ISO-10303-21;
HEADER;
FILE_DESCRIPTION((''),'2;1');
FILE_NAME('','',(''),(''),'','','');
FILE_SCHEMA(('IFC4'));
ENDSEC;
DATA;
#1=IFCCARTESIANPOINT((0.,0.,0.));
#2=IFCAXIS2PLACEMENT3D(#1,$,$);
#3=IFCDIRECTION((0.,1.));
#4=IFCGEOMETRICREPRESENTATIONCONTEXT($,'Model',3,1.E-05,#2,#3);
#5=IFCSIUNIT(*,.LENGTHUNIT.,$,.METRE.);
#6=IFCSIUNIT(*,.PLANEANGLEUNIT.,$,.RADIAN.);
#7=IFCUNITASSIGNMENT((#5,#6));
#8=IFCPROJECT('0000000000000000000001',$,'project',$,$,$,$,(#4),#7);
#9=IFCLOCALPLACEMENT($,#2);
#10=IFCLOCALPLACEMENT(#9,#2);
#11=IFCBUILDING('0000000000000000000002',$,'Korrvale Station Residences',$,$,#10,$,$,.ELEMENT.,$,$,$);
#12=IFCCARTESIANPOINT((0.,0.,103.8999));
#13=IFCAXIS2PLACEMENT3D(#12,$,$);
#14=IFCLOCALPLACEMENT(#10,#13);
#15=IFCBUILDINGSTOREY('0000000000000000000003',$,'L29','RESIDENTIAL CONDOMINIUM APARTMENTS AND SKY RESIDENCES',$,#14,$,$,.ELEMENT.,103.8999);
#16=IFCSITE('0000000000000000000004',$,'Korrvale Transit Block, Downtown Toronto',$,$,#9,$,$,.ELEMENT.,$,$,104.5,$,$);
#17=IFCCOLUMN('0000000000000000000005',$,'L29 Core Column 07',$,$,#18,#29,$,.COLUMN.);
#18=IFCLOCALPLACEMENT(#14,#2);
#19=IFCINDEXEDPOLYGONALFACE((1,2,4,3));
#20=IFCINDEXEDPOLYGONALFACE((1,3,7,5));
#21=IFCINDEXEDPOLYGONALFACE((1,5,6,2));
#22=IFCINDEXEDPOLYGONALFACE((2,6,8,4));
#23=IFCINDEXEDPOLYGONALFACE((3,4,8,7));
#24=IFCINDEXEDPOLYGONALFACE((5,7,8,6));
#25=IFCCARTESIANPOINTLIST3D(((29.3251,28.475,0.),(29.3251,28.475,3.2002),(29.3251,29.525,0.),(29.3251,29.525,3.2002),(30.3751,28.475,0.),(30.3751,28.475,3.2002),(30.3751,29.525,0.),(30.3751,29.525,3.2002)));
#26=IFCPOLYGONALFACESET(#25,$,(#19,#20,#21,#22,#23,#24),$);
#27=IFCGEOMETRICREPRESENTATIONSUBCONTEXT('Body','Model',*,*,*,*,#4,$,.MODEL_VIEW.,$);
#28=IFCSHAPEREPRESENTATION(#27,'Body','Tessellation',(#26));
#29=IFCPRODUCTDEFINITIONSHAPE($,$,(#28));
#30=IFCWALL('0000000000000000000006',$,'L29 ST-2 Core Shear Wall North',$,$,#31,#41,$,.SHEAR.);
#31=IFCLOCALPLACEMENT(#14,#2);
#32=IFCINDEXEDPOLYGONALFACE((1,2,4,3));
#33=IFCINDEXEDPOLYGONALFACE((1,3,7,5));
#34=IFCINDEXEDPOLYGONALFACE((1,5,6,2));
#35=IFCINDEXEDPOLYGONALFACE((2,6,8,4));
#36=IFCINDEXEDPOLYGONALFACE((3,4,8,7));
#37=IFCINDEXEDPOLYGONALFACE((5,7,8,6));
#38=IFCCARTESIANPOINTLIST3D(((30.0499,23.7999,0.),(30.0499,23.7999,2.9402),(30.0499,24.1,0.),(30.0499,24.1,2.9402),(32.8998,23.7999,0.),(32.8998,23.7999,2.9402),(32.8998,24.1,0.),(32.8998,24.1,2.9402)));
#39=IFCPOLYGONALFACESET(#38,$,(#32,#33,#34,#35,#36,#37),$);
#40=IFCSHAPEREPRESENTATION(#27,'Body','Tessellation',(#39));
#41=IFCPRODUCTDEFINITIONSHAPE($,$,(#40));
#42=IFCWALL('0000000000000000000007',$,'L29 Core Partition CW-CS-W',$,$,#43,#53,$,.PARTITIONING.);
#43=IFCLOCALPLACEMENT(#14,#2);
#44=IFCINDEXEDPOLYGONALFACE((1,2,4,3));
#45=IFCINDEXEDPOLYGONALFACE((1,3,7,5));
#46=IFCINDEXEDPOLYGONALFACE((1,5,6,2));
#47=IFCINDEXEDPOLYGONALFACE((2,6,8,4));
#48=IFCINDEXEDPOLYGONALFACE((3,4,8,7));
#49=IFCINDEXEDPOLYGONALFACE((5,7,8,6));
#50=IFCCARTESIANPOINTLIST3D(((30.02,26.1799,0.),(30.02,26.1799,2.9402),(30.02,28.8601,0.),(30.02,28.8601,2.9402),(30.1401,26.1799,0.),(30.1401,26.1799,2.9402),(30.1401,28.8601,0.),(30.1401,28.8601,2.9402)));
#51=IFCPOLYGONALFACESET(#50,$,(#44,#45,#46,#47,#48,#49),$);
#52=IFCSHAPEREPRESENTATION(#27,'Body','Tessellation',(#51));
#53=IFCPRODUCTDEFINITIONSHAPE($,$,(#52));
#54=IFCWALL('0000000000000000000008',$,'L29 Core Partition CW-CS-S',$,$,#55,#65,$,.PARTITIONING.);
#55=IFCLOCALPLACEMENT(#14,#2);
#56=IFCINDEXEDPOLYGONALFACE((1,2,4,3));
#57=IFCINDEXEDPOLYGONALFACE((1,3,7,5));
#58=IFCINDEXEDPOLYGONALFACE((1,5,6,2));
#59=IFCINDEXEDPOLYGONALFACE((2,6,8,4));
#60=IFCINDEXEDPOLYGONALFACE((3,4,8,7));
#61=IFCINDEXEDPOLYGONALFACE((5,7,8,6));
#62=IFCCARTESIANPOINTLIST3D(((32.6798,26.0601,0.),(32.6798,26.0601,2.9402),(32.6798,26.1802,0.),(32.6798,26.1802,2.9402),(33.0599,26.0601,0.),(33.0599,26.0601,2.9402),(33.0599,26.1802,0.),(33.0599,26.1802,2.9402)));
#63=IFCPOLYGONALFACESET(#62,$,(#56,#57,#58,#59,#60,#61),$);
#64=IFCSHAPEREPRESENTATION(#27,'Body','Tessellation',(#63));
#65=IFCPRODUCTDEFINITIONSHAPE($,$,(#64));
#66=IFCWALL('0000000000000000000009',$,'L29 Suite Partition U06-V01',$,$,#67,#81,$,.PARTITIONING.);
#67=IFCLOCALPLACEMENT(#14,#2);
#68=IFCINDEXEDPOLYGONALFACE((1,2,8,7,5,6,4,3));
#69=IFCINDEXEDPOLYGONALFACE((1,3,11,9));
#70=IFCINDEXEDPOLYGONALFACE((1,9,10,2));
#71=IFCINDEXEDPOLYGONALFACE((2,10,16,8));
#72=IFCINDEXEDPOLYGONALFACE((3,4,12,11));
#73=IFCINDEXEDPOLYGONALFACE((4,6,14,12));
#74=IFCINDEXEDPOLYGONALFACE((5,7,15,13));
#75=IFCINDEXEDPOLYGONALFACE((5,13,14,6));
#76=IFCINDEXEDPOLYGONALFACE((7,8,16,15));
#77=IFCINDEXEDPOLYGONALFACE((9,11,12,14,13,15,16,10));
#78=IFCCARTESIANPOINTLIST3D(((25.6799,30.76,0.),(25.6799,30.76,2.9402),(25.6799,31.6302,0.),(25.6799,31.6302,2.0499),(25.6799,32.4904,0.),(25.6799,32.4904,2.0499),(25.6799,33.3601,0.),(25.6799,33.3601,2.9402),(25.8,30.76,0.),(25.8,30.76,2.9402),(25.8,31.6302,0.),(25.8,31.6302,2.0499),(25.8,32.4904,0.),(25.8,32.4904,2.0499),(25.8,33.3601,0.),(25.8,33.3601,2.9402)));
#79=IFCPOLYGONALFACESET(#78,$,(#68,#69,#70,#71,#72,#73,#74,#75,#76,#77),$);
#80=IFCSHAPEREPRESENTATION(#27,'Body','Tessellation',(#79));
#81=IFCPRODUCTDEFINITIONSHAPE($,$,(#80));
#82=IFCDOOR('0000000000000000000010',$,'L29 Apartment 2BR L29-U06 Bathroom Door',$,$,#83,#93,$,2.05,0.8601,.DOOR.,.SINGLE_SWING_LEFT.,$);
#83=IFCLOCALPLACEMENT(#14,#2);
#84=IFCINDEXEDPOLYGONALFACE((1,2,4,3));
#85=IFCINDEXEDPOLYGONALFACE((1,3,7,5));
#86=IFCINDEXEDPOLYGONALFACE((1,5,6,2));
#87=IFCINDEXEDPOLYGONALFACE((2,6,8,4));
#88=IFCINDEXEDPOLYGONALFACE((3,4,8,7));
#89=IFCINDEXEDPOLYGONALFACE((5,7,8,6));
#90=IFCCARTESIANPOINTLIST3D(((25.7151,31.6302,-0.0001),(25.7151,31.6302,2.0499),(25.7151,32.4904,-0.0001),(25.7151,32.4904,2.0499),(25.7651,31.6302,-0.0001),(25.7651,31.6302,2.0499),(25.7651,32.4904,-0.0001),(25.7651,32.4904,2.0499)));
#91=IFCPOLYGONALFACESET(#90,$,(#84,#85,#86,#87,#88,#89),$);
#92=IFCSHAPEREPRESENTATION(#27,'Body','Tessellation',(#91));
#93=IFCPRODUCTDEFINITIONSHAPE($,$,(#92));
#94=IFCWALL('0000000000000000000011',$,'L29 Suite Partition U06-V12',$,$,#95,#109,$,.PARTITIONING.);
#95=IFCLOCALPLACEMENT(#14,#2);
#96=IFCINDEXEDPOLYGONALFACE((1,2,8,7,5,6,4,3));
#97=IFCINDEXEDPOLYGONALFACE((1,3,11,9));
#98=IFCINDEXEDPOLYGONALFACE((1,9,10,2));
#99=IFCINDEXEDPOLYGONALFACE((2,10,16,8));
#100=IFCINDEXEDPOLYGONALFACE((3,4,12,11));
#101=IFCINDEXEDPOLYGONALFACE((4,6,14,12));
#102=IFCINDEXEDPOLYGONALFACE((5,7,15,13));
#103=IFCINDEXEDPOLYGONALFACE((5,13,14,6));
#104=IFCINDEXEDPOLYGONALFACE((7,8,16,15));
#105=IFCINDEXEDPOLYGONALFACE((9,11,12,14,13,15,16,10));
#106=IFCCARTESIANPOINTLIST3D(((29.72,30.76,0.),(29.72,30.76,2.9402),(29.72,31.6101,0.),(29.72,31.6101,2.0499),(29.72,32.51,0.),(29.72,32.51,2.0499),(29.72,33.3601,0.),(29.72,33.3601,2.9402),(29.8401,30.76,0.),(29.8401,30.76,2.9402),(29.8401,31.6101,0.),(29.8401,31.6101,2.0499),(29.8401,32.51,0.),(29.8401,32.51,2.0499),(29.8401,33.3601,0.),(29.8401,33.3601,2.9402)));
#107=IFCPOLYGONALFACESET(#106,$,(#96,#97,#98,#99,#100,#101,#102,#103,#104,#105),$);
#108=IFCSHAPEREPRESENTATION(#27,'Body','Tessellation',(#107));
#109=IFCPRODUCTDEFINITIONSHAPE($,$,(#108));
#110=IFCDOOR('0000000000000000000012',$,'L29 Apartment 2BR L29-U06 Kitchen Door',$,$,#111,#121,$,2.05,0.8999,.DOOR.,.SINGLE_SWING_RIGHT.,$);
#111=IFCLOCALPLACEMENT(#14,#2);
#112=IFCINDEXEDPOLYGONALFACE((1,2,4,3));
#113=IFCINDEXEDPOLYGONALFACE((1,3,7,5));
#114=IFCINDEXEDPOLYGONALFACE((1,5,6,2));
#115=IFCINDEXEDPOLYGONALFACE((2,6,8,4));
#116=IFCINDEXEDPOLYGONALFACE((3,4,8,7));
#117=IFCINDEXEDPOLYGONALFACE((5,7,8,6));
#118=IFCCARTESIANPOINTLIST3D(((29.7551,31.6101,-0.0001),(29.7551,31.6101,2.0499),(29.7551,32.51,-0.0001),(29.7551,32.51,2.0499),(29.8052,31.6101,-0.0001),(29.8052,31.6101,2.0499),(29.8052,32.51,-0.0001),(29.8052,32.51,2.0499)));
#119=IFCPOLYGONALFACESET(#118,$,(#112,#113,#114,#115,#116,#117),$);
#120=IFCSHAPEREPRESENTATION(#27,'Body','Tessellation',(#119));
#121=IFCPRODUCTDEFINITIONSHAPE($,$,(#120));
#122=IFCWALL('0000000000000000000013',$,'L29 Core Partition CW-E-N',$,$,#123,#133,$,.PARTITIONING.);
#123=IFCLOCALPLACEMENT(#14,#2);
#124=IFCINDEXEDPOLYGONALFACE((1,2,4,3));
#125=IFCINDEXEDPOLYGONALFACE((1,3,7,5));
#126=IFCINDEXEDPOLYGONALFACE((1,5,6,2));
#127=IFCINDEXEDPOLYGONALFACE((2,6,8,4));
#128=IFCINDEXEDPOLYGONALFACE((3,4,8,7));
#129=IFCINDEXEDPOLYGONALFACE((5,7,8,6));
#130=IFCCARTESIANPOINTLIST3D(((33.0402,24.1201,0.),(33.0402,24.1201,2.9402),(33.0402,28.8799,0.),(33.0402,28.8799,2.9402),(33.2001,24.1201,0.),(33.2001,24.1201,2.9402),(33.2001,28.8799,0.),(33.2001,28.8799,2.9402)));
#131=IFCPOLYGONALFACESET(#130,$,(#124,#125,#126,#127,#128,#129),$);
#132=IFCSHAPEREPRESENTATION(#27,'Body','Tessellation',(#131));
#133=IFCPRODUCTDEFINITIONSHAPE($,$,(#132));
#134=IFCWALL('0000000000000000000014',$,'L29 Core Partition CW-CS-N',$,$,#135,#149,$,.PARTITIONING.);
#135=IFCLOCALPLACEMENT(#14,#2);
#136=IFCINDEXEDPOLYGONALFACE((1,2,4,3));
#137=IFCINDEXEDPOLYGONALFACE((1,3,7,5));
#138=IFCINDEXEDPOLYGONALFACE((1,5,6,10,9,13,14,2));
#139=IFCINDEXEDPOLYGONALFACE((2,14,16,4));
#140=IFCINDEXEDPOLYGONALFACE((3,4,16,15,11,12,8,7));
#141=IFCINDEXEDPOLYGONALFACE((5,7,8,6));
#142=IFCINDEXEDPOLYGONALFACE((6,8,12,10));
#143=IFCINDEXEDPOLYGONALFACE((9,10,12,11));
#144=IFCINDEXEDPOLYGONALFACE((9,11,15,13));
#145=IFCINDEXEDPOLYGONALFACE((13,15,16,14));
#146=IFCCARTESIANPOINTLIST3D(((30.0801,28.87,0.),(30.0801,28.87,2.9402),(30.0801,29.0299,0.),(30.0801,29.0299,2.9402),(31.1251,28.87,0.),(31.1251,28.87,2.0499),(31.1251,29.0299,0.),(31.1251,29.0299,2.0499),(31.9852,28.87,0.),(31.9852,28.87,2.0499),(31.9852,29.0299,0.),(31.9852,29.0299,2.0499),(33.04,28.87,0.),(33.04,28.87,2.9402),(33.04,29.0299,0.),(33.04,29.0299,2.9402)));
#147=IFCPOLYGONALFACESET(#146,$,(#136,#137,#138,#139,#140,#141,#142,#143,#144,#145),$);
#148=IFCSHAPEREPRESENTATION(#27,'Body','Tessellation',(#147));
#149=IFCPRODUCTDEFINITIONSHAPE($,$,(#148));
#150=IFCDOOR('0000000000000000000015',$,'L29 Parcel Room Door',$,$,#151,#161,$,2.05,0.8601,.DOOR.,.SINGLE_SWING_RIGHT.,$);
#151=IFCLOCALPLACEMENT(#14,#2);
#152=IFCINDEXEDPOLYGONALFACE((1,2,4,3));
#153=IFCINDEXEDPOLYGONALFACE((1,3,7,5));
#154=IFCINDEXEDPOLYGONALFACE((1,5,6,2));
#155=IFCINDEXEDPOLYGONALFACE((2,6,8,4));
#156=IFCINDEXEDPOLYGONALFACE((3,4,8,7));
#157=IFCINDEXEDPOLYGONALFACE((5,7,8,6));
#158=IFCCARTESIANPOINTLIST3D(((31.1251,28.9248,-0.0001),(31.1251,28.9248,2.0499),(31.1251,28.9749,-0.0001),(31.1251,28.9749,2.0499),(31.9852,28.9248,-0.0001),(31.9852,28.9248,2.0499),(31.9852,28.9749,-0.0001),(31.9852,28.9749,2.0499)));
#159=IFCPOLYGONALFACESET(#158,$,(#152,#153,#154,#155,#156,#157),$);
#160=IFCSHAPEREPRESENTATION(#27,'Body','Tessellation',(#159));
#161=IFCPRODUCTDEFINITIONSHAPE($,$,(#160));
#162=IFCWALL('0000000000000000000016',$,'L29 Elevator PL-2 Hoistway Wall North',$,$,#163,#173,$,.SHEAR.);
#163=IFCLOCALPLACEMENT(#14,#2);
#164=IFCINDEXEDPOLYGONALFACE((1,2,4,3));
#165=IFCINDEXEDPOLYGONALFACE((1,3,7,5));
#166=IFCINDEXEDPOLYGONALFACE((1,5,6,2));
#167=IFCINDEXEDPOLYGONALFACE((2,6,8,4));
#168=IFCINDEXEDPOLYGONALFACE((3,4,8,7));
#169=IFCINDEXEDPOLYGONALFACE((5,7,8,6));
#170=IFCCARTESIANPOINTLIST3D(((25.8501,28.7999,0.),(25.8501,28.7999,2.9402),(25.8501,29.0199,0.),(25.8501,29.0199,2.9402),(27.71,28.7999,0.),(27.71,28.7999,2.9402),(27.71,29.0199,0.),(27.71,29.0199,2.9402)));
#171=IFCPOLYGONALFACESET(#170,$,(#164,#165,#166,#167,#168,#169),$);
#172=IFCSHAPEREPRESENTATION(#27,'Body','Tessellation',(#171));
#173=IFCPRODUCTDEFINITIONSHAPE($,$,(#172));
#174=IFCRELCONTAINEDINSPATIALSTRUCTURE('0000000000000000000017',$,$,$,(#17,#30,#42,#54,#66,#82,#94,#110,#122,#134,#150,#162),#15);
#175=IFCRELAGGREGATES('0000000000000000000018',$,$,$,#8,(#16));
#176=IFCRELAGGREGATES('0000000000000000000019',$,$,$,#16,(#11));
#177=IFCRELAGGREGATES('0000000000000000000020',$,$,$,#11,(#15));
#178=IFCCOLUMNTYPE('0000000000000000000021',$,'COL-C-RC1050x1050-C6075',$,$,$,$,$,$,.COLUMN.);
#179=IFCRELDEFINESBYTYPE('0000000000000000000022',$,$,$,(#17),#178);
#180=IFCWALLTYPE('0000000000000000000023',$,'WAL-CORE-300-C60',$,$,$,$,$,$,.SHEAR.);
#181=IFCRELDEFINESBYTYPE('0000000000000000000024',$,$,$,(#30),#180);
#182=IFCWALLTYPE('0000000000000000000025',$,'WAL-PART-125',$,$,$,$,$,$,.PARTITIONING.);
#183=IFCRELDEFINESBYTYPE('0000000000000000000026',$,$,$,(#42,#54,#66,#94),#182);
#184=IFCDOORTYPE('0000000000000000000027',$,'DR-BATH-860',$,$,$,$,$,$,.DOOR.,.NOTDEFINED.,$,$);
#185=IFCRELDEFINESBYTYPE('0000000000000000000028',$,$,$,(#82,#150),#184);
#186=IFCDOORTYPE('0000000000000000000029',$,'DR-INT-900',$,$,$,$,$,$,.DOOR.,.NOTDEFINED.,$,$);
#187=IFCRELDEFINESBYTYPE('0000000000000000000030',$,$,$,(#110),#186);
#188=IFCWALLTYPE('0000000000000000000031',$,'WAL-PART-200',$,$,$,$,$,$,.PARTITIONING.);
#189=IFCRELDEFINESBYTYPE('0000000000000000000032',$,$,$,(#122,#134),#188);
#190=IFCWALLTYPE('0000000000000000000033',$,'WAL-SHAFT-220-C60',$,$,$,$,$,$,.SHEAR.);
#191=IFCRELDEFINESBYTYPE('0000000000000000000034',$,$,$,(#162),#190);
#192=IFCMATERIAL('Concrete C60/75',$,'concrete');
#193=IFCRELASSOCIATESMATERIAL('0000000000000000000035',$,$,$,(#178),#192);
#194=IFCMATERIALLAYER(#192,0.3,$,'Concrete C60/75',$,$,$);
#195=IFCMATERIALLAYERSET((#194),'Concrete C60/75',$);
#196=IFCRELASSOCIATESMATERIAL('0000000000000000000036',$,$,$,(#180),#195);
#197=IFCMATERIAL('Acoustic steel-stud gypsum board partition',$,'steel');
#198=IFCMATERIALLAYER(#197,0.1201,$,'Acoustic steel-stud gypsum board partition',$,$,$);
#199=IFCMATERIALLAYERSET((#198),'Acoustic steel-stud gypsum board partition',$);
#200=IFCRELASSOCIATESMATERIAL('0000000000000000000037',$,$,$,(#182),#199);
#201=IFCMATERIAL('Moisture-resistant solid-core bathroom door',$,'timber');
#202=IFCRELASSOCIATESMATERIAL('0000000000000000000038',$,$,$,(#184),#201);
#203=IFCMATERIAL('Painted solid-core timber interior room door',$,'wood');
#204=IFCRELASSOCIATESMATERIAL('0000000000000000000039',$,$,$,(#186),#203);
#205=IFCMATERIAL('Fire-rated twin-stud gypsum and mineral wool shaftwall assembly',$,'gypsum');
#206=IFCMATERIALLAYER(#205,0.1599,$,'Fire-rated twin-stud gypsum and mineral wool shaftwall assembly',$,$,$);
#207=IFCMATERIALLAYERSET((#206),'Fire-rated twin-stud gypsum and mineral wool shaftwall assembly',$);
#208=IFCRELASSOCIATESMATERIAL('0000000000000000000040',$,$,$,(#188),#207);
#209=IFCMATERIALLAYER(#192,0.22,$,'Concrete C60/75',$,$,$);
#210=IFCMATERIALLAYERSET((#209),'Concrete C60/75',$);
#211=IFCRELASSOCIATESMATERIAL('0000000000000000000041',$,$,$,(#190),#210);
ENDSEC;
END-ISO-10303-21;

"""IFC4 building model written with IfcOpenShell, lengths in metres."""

from ifc_helpers import new_model, si_unit, direction, frame, frame_2d, origin, origin_2d, place, context, subcontext, project, spatial, rectangle, extrude, material, layer, layer_set, material_profile, profile_set, type_object, element, fill, save


model = new_model("IFC4")

# Units and contexts
model_context = context("Model", 3, precision=1e-05, world=origin(), true_north=direction((0.0, 1.0)))
body_context = subcontext(model_context, "Body", "Model", "MODEL_VIEW")
ifc_project = project(units=[si_unit("LENGTHUNIT", "METRE"), si_unit("PLANEANGLEUNIT", "RADIAN")], contexts=[model_context])

# Site, building, storey
site_placement = place(None, origin())
site = spatial("IfcSite", under=ifc_project, at=site_placement, Name="Korrvale Transit Block, Downtown Toronto", CompositionType="ELEMENT", RefElevation=104.5)
building_placement = place(site_placement, origin())
building = spatial("IfcBuilding", under=site, at=building_placement, Name="Korrvale Station Residences", CompositionType="ELEMENT")
storey_placement = place(building_placement, frame((0.0, 0.0, 103.8999)))
storey = spatial("IfcBuildingStorey", under=building, at=storey_placement, Name="L29", Description="RESIDENTIAL CONDOMINIUM APARTMENTS AND SKY RESIDENCES", CompositionType="ELEMENT", Elevation=103.8999)

# Column
ifc_material_1 = material(Name="Concrete C60/75", Category="concrete")
ifc_material_profile = material_profile(ifc_material_1, rectangle(XDim=1.05, YDim=1.05, at=origin_2d()), Name="RC1050x1050")
ifc_profile_set = profile_set([ifc_material_profile], Name="Concrete C60/75")
column_type = type_object("IfcColumnType", Name="COL-C-RC1050x1050-C6075", PredefinedType="COLUMN", material=ifc_profile_set)
column_placement = place(storey_placement, frame((29.8501, 29.0, 0.0), z_axis=(0.0, 0.0, 1.0), x_axis=(1.0, 0.0, 0.0)))
element("IfcColumn", 1, at=column_placement, inside=storey, type_object=column_type, Name="L29 Core Column 07", PredefinedType="COLUMN", context=body_context, shape_type="SweptSolid", body=[
    extrude(rectangle(XDim=1.05, YDim=1.05, at=origin_2d()), origin(), (0.0, 0.0, 1.0), 3.2002),
])

# Walls
ifc_layer_1 = layer(ifc_material_1, 0.3, Name="Concrete C60/75")
ifc_layer_set_1 = layer_set([ifc_layer_1], Name="Concrete C60/75")
wall_type_1 = type_object("IfcWallType", Name="WAL-CORE-300-C60", PredefinedType="SHEAR", material=ifc_layer_set_1)
wall_1_placement = place(storey_placement, frame((30.05, 23.95, 0.0), z_axis=(0.0, 0.0, 1.0), x_axis=(1.0, 0.0, 0.0)))
element("IfcWall", 2, at=wall_1_placement, inside=storey, type_object=wall_type_1, Name="L29 ST-2 Core Shear Wall North", PredefinedType="SHEAR", context=body_context, shape_type="SweptSolid", body=[
    extrude(rectangle(XDim=2.8499, YDim=0.3, at=frame_2d((1.4248, 0.0))), origin(), (0.0, 0.0, 1.0), 2.9402),
])
ifc_material_2 = material(Name="Acoustic steel-stud gypsum board partition", Category="steel")
ifc_layer_2 = layer(ifc_material_2, 0.1201, Name="Acoustic steel-stud gypsum board partition")
ifc_layer_set_2 = layer_set([ifc_layer_2], Name="Acoustic steel-stud gypsum board partition")
wall_type_2 = type_object("IfcWallType", Name="WAL-PART-125", PredefinedType="PARTITIONING", material=ifc_layer_set_2)
wall_2_placement = place(storey_placement, frame((30.0801, 26.1799, 0.0), z_axis=(0.0, 0.0, 1.0), x_axis=(0.0, 1.0, 0.0)))
element("IfcWall", 3, at=wall_2_placement, inside=storey, type_object=wall_type_2, Name="L29 Core Partition CW-CS-W", PredefinedType="PARTITIONING", context=body_context, shape_type="SweptSolid", body=[
    extrude(rectangle(XDim=2.6802, YDim=0.1201, at=frame_2d((1.3401, 0.0))), origin(), (0.0, 0.0, 1.0), 2.9402),
])
wall_3_placement = place(storey_placement, frame((32.6799, 26.1201, 0.0), z_axis=(0.0, 0.0, 1.0), x_axis=(1.0, 0.0, 0.0)))
element("IfcWall", 4, at=wall_3_placement, inside=storey, type_object=wall_type_2, Name="L29 Core Partition CW-CS-S", PredefinedType="PARTITIONING", context=body_context, shape_type="SweptSolid", body=[
    extrude(rectangle(XDim=0.3801, YDim=0.1201, at=frame_2d((0.1899, 0.0))), origin(), (0.0, 0.0, 1.0), 2.9402),
])

# Walls, openings, doors
wall_4_placement = place(storey_placement, frame((25.74, 30.76, 0.0), z_axis=(0.0, 0.0, 1.0), x_axis=(0.0, 1.0, 0.0)))
wall_4 = element("IfcWall", 5, at=wall_4_placement, inside=storey, type_object=wall_type_2, Name="L29 Suite Partition U06-V01", PredefinedType="PARTITIONING", context=body_context, shape_type="SweptSolid", body=[
    extrude(rectangle(XDim=2.6001, YDim=0.1201, at=frame_2d((1.3, 0.0))), origin(), (0.0, 0.0, 1.0), 2.9402),
])
opening_1_placement = place(wall_4_placement, frame((0.8701, 0.0, 0.0)))
opening_1 = element("IfcOpeningElement", 6, at=opening_1_placement, cuts=wall_4, PredefinedType="OPENING", context=body_context, shape_type="SweptSolid", body=[
    extrude(rectangle(XDim=0.8601, YDim=2.05, at=frame_2d((0.4302, 1.0249))), frame((0.0, 0.0701, 0.0), z_axis=(0.0, -1.0, 0.0), x_axis=(1.0, 0.0, 0.0)), (0.0, 0.0, 1.0), 0.1401),
])
ifc_material_3 = material(Name="Moisture-resistant solid-core bathroom door", Category="timber")
door_type_1 = type_object("IfcDoorType", Name="DR-BATH-860", OperationType="NOTDEFINED", PredefinedType="DOOR", material=ifc_material_3)
door_1_placement = place(opening_1_placement, origin())
door_1 = element("IfcDoor", 7, at=door_1_placement, inside=storey, type_object=door_type_1, Name="L29 Apartment 2BR L29-U06 Bathroom Door", OperationType="SINGLE_SWING_LEFT", OverallHeight=2.05, OverallWidth=0.8601, PredefinedType="DOOR", context=body_context, shape_type="SweptSolid", body=[
    extrude(rectangle(XDim=0.8601, YDim=2.05, at=frame_2d((0.4302, 1.0249))), frame((0.0, 0.0249, 0.0), z_axis=(0.0, -1.0, 0.0), x_axis=(1.0, 0.0, 0.0)), (0.0, 0.0, 1.0), 0.05),
])
fill(opening_1, door_1)
wall_5_placement = place(storey_placement, frame((29.78, 30.76, 0.0), z_axis=(0.0, 0.0, 1.0), x_axis=(0.0, 1.0, 0.0)))
wall_5 = element("IfcWall", 8, at=wall_5_placement, inside=storey, type_object=wall_type_2, Name="L29 Suite Partition U06-V12", PredefinedType="PARTITIONING", context=body_context, shape_type="SweptSolid", body=[
    extrude(rectangle(XDim=2.6001, YDim=0.1201, at=frame_2d((1.3, 0.0))), origin(), (0.0, 0.0, 1.0), 2.9402),
])
opening_2_placement = place(wall_5_placement, frame((0.8501, 0.0, 0.0)))
opening_2 = element("IfcOpeningElement", 9, at=opening_2_placement, cuts=wall_5, PredefinedType="OPENING", context=body_context, shape_type="SweptSolid", body=[
    extrude(rectangle(XDim=0.8999, YDim=2.05, at=frame_2d((0.45, 1.0249))), frame((0.0, 0.0701, 0.0), z_axis=(0.0, -1.0, 0.0), x_axis=(1.0, 0.0, 0.0)), (0.0, 0.0, 1.0), 0.1401),
])
ifc_material_4 = material(Name="Painted solid-core timber interior room door", Category="wood")
door_type_2 = type_object("IfcDoorType", Name="DR-INT-900", OperationType="NOTDEFINED", PredefinedType="DOOR", material=ifc_material_4)
door_2_placement = place(opening_2_placement, origin())
door_2 = element("IfcDoor", 10, at=door_2_placement, inside=storey, type_object=door_type_2, Name="L29 Apartment 2BR L29-U06 Kitchen Door", OperationType="SINGLE_SWING_RIGHT", OverallHeight=2.05, OverallWidth=0.8999, PredefinedType="DOOR", context=body_context, shape_type="SweptSolid", body=[
    extrude(rectangle(XDim=0.8999, YDim=2.05, at=frame_2d((0.45, 1.0249))), frame((0.0, 0.0249, 0.0), z_axis=(0.0, -1.0, 0.0), x_axis=(1.0, 0.0, 0.0)), (0.0, 0.0, 1.0), 0.05),
])
fill(opening_2, door_2)

# Wall
ifc_material_5 = material(Name="Fire-rated twin-stud gypsum and mineral wool shaftwall assembly", Category="gypsum")
ifc_layer_3 = layer(ifc_material_5, 0.1599, Name="Fire-rated twin-stud gypsum and mineral wool shaftwall assembly")
ifc_layer_set_3 = layer_set([ifc_layer_3], Name="Fire-rated twin-stud gypsum and mineral wool shaftwall assembly")
wall_type_3 = type_object("IfcWallType", Name="WAL-PART-200", PredefinedType="PARTITIONING", material=ifc_layer_set_3)
wall_6_placement = place(storey_placement, frame((33.1201, 24.1201, 0.0), z_axis=(0.0, 0.0, 1.0), x_axis=(0.0, 1.0, 0.0)))
element("IfcWall", 11, at=wall_6_placement, inside=storey, type_object=wall_type_3, Name="L29 Core Partition CW-E-N", PredefinedType="PARTITIONING", context=body_context, shape_type="SweptSolid", body=[
    extrude(rectangle(XDim=4.7598, YDim=0.1599, at=frame_2d((2.3799, 0.0))), origin(), (0.0, 0.0, 1.0), 2.9402),
])

# Wall, opening, door
wall_7_placement = place(storey_placement, frame((30.0801, 28.95, 0.0), z_axis=(0.0, 0.0, 1.0), x_axis=(1.0, 0.0, 0.0)))
wall_7 = element("IfcWall", 12, at=wall_7_placement, inside=storey, type_object=wall_type_3, Name="L29 Core Partition CW-CS-N", PredefinedType="PARTITIONING", context=body_context, shape_type="SweptSolid", body=[
    extrude(rectangle(XDim=2.96, YDim=0.1599, at=frame_2d((1.48, 0.0))), origin(), (0.0, 0.0, 1.0), 2.9402),
])
opening_3_placement = place(wall_7_placement, frame((1.0449, 0.0, 0.0)))
opening_3 = element("IfcOpeningElement", 13, at=opening_3_placement, cuts=wall_7, PredefinedType="OPENING", context=body_context, shape_type="SweptSolid", body=[
    extrude(rectangle(XDim=0.8601, YDim=2.05, at=frame_2d((0.4302, 1.0249))), frame((0.0, 0.0898, 0.0), z_axis=(0.0, -1.0, 0.0), x_axis=(1.0, 0.0, 0.0)), (0.0, 0.0, 1.0), 0.1799),
])
door_3_placement = place(opening_3_placement, origin())
door_3 = element("IfcDoor", 14, at=door_3_placement, inside=storey, type_object=door_type_1, Name="L29 Parcel Room Door", OperationType="SINGLE_SWING_RIGHT", OverallHeight=2.05, OverallWidth=0.8601, PredefinedType="DOOR", context=body_context, shape_type="SweptSolid", body=[
    extrude(rectangle(XDim=0.8601, YDim=2.05, at=frame_2d((0.4302, 1.0249))), frame((0.0, 0.0249, 0.0), z_axis=(0.0, -1.0, 0.0), x_axis=(1.0, 0.0, 0.0)), (0.0, 0.0, 1.0), 0.05),
])
fill(opening_3, door_3)
ifc_layer_4 = layer(ifc_material_1, 0.22, Name="Concrete C60/75")
ifc_layer_set_4 = layer_set([ifc_layer_4], Name="Concrete C60/75")
wall_type_4 = type_object("IfcWallType", Name="WAL-SHAFT-220-C60", PredefinedType="SHEAR", material=ifc_layer_set_4)

# Wall
wall_8_placement = place(storey_placement, frame((25.8501, 28.9099, 0.0), z_axis=(0.0, 0.0, 1.0), x_axis=(1.0, 0.0, 0.0)))
element("IfcWall", 15, at=wall_8_placement, inside=storey, type_object=wall_type_4, Name="L29 Elevator PL-2 Hoistway Wall North", PredefinedType="SHEAR", context=body_context, shape_type="SweptSolid", body=[
    extrude(rectangle(XDim=1.8599, YDim=0.22, at=frame_2d((0.9299, 0.0))), origin(), (0.0, 0.0, 1.0), 2.9402),
])

save(model, "model.ifc")
